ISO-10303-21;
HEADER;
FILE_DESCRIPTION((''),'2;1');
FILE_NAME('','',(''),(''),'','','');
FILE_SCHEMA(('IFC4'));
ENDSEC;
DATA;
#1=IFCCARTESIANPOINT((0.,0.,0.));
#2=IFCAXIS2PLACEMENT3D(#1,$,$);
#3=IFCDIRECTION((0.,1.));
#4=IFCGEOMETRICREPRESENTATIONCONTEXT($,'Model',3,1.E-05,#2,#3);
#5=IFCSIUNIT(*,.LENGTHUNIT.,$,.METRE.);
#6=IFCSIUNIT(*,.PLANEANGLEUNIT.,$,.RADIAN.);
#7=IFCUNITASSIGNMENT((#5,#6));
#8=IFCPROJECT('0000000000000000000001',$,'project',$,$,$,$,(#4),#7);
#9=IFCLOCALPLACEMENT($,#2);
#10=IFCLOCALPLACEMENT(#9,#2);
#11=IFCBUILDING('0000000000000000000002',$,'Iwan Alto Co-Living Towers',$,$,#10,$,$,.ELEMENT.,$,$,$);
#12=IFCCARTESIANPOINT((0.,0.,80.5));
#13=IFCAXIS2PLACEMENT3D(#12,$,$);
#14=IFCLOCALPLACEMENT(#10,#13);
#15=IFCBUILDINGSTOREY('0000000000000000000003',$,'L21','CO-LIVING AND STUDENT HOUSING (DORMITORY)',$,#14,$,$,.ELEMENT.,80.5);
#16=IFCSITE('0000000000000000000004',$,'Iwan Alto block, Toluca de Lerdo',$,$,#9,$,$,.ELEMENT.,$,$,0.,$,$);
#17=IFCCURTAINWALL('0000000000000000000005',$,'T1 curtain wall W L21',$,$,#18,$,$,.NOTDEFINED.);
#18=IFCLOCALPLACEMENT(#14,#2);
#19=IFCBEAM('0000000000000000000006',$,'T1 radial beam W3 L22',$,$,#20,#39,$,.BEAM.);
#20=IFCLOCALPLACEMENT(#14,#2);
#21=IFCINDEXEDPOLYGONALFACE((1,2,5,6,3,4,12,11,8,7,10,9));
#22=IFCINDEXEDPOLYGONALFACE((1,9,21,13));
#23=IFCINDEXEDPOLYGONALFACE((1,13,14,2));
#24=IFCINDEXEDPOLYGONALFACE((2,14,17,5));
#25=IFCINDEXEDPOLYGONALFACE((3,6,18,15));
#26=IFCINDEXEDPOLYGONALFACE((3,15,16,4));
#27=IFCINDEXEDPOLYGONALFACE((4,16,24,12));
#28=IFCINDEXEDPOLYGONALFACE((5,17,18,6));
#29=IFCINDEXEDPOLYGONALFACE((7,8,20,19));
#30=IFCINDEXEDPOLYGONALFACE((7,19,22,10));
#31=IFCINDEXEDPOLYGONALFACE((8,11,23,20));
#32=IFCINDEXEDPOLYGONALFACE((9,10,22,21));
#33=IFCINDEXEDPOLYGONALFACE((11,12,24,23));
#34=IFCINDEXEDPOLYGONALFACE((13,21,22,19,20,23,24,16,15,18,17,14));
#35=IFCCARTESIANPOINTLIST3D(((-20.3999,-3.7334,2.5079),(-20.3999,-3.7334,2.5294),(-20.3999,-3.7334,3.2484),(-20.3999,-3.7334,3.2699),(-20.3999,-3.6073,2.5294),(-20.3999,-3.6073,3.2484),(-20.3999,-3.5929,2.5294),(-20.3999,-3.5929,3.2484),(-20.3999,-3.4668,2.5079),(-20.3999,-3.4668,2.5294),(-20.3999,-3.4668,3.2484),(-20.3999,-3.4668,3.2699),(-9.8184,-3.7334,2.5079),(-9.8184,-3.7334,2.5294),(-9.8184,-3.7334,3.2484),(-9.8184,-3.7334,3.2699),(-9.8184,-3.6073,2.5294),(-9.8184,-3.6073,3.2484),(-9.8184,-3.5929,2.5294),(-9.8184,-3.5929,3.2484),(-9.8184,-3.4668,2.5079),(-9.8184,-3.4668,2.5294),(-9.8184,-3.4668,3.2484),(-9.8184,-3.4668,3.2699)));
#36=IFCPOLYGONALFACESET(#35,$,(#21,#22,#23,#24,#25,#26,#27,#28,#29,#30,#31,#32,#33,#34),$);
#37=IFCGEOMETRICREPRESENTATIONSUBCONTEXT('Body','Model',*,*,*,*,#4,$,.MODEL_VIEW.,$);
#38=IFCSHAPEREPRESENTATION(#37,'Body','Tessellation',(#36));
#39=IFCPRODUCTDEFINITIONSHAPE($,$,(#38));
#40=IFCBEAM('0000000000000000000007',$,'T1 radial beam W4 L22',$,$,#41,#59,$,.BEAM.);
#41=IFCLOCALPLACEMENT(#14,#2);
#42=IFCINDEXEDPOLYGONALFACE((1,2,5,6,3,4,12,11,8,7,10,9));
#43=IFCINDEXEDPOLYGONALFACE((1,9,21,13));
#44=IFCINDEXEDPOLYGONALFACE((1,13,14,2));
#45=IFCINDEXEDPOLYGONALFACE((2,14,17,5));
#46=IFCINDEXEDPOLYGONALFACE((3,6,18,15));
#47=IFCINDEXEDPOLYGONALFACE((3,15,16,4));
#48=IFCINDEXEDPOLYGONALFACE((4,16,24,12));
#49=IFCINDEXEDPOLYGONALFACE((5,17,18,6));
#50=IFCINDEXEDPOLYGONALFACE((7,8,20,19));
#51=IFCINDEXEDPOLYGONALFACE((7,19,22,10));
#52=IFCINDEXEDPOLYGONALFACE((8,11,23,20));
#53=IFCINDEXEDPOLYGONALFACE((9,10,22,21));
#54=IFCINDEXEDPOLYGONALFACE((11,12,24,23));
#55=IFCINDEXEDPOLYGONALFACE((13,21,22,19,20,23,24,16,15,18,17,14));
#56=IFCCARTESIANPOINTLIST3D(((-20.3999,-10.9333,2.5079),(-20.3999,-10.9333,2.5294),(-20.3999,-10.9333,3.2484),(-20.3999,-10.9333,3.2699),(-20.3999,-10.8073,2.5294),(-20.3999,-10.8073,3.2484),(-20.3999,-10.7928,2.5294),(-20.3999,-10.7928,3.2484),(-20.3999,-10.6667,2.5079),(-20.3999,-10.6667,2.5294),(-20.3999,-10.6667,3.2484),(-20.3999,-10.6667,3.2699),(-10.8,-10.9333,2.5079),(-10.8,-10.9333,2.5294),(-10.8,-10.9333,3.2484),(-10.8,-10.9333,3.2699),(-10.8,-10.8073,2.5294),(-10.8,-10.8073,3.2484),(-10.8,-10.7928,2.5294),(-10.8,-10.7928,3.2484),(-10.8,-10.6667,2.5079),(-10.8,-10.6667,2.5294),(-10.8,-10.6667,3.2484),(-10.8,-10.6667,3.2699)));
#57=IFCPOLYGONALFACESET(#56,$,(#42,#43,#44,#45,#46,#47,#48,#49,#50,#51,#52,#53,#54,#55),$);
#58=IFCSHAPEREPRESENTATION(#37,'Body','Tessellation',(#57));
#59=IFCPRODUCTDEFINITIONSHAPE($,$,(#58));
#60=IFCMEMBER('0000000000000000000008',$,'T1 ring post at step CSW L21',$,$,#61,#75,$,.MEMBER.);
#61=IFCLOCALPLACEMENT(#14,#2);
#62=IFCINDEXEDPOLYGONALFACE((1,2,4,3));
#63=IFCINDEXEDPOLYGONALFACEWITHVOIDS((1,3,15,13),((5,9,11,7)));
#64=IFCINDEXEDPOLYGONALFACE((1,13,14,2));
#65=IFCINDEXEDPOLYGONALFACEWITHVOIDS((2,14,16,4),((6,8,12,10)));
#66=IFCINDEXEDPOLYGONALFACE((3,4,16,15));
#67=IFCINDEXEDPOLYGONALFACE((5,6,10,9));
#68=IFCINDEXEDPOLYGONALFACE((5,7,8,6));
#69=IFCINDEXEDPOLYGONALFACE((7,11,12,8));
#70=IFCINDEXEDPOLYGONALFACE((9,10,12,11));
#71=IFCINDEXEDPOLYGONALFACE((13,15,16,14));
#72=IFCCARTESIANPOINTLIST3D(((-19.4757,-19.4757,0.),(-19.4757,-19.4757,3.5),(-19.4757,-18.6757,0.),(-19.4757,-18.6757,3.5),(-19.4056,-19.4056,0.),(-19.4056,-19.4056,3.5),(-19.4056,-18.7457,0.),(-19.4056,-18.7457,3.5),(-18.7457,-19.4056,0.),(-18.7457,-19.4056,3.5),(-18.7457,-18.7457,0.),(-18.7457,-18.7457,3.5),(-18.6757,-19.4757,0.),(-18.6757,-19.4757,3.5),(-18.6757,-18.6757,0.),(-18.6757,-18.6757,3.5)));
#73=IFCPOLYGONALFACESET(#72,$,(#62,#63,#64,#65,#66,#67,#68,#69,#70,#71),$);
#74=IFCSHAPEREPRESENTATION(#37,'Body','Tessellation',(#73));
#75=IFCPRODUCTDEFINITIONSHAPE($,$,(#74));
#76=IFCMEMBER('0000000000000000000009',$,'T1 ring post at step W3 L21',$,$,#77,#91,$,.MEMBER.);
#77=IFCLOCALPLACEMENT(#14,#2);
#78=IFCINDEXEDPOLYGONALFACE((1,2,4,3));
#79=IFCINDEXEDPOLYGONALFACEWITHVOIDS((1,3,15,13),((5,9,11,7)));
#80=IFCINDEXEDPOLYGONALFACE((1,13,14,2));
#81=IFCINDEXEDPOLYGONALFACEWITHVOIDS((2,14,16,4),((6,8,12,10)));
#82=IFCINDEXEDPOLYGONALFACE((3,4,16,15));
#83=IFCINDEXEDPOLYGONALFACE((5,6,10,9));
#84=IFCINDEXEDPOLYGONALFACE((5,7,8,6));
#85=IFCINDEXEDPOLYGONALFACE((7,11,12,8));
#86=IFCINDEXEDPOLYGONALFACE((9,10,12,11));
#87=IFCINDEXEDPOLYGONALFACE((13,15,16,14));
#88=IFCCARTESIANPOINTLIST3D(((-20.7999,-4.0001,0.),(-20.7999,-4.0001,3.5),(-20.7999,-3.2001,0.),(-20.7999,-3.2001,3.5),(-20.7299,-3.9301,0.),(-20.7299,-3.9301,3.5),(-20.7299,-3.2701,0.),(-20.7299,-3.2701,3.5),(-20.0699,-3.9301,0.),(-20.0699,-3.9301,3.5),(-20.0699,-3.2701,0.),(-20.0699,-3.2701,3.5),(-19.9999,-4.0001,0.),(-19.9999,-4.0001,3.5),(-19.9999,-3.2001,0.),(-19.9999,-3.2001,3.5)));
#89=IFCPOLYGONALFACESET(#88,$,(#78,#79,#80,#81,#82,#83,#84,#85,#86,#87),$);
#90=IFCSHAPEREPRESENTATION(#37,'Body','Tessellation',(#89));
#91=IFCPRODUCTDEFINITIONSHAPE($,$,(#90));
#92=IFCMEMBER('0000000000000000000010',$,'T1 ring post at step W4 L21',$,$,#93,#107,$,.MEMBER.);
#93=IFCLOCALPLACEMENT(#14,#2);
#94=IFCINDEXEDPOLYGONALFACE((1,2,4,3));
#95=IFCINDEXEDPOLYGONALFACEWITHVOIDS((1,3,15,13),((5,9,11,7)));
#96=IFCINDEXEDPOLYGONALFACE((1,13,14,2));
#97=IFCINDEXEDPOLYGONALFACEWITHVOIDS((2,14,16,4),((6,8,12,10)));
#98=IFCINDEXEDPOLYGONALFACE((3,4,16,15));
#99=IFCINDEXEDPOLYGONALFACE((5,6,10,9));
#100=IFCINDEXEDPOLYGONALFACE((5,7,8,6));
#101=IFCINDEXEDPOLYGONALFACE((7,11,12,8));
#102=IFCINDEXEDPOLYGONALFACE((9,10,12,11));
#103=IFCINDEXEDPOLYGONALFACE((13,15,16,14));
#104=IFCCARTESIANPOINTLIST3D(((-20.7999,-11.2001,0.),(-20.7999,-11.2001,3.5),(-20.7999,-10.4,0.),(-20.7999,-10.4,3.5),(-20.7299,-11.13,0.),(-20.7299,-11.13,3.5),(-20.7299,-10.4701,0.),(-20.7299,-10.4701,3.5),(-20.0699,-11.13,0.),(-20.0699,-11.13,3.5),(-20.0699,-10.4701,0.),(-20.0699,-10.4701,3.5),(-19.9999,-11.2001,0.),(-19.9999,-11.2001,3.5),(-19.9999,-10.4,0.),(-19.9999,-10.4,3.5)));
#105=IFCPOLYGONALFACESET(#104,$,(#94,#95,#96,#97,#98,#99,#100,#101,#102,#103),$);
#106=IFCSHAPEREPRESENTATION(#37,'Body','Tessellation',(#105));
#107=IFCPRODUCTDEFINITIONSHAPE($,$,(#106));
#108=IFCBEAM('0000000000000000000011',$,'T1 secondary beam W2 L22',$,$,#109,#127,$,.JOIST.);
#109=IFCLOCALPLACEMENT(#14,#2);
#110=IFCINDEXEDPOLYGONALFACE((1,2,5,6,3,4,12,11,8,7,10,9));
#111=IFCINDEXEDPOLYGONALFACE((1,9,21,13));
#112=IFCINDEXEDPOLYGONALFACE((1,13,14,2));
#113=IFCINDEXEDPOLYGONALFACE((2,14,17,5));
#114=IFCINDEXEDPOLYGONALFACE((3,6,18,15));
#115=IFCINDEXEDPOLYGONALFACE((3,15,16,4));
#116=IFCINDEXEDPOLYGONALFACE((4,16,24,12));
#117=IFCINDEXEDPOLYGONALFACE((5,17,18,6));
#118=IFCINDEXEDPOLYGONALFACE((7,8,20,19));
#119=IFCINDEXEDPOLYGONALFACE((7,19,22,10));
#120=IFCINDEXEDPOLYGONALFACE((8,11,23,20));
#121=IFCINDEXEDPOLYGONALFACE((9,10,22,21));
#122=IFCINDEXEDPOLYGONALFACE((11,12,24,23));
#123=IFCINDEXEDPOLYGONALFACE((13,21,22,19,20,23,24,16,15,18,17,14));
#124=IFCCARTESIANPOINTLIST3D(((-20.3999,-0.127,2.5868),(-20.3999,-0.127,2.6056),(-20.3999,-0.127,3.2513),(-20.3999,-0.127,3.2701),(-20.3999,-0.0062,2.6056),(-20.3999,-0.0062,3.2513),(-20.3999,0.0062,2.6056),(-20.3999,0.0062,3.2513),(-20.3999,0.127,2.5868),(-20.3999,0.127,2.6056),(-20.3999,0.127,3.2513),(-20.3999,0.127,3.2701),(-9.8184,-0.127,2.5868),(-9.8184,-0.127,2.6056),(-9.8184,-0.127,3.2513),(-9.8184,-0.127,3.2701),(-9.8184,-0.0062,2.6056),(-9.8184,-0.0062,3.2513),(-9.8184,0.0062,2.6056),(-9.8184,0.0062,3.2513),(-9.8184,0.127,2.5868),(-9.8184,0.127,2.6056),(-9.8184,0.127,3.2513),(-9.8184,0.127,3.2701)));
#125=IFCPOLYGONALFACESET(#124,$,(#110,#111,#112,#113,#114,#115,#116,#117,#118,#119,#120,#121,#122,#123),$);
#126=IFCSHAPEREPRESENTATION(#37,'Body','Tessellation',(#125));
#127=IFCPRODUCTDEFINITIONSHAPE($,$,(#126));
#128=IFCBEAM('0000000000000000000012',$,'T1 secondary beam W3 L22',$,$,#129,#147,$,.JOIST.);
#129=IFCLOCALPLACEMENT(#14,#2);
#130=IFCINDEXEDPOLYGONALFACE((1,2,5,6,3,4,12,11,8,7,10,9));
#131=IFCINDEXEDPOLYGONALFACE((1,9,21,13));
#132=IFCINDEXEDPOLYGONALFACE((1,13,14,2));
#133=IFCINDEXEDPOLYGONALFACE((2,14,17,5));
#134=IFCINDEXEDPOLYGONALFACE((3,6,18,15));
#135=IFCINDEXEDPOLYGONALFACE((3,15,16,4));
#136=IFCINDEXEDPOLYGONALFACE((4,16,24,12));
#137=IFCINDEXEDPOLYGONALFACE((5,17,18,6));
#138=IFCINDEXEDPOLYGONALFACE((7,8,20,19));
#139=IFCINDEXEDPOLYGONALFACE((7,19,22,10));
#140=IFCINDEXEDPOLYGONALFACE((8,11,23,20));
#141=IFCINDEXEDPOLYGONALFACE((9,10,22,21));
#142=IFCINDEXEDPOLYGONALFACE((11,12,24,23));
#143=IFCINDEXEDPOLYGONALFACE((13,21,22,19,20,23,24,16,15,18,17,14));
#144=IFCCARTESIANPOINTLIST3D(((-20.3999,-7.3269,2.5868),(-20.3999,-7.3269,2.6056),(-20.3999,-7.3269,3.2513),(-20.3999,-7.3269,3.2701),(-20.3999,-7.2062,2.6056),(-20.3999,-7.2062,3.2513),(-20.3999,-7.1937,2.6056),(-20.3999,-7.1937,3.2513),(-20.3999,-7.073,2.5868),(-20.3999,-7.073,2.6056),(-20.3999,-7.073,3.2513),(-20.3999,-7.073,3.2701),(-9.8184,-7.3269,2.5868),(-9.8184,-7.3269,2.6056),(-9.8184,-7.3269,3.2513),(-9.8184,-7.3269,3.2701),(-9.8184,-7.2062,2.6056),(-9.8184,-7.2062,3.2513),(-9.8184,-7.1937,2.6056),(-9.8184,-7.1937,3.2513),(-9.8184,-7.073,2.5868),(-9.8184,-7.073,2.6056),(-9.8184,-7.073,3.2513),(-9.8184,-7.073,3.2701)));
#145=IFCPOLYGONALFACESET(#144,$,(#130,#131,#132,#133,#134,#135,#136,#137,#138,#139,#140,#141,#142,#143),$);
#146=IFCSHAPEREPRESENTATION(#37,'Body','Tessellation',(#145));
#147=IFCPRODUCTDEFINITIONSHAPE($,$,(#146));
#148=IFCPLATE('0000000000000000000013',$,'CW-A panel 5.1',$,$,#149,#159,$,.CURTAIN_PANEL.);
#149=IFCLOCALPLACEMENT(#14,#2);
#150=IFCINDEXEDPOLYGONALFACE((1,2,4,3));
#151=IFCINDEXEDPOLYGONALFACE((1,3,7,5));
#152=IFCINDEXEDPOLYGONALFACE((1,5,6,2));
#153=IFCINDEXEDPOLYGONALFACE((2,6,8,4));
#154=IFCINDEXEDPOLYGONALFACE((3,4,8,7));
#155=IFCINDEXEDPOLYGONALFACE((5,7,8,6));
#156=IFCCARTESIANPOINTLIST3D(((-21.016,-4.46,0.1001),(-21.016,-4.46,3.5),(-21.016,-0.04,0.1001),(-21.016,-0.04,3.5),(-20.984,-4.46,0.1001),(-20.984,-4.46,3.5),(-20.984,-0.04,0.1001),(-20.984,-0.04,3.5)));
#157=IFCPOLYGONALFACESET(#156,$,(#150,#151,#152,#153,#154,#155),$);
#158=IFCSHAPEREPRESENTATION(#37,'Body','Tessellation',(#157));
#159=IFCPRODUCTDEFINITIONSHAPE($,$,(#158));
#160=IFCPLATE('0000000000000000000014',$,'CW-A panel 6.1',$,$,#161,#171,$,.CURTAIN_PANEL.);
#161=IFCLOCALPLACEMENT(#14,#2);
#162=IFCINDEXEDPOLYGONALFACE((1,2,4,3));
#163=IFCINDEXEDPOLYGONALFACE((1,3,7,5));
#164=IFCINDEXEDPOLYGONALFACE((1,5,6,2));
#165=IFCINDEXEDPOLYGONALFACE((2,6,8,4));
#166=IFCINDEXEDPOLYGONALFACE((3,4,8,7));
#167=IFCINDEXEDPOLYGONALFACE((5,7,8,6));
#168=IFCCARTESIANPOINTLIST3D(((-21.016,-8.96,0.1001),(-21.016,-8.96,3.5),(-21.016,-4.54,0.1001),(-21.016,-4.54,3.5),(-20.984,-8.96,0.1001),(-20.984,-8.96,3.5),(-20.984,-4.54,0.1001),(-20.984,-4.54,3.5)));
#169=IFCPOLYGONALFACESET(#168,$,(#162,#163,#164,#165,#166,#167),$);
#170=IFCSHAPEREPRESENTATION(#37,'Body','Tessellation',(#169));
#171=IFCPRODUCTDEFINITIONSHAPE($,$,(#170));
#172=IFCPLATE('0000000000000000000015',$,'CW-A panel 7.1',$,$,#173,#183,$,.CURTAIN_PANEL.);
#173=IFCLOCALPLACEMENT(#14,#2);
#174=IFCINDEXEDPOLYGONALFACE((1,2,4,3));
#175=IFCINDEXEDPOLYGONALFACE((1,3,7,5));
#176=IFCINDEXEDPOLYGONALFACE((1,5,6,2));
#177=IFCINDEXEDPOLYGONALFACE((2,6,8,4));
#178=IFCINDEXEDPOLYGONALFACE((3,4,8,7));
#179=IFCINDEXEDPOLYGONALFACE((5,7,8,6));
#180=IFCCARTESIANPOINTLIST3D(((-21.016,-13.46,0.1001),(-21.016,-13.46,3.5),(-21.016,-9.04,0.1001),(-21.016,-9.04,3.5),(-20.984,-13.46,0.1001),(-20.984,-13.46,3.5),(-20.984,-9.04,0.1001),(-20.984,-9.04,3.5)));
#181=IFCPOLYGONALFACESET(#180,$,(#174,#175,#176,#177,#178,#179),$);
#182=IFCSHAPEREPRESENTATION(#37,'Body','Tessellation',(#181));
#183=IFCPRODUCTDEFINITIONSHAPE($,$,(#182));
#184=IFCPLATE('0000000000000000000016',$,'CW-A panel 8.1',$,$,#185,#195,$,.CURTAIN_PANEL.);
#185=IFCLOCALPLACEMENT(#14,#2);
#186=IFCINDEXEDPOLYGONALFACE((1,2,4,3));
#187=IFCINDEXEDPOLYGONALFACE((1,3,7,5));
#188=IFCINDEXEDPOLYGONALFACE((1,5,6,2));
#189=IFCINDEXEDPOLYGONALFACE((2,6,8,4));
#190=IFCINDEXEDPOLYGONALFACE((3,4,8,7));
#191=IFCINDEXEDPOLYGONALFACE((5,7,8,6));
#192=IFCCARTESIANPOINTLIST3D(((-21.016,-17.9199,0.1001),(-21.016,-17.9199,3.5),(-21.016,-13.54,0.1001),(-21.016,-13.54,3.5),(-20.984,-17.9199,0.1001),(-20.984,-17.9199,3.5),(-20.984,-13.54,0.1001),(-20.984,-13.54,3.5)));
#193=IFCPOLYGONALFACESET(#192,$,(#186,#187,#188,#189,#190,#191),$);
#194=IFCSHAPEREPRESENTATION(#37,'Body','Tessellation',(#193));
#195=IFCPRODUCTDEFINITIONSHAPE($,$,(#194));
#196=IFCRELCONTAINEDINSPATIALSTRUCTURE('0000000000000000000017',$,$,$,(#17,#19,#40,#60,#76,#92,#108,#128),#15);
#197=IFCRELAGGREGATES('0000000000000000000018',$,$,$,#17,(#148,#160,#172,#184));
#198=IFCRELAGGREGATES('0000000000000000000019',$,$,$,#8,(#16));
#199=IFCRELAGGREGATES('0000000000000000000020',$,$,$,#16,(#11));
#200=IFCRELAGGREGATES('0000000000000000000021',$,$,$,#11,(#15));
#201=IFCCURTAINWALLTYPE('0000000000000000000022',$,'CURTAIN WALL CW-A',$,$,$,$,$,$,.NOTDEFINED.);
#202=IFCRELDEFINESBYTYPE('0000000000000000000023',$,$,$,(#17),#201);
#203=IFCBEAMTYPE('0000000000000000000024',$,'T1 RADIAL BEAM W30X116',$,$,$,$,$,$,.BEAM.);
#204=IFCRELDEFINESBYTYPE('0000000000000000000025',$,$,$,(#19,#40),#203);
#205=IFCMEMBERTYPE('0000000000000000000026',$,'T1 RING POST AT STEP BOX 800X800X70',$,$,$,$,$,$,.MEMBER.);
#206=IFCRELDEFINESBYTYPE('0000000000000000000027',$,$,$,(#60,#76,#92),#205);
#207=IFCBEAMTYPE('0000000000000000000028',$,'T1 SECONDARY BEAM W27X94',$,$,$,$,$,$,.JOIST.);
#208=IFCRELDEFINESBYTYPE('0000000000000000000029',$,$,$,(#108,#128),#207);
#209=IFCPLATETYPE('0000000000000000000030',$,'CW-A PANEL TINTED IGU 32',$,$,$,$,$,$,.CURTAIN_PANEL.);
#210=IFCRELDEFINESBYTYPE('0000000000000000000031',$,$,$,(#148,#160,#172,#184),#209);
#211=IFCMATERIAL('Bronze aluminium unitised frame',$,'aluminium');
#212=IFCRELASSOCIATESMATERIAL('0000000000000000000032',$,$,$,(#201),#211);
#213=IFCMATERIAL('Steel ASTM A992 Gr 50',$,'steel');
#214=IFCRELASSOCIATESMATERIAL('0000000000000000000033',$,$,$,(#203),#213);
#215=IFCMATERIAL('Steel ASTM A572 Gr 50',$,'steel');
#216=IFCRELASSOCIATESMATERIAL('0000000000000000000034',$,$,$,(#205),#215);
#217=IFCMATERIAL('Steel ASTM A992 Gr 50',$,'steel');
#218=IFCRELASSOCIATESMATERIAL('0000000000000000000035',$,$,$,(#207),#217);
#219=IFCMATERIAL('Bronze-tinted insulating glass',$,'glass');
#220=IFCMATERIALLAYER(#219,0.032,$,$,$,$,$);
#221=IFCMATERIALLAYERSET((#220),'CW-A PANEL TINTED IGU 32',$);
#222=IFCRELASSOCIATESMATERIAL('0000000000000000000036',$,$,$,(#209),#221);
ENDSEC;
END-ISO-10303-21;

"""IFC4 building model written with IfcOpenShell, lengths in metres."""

from ifc_helpers import new_model, si_unit, direction, frame, origin, origin_2d, place, context, subcontext, project, spatial, rectangle, hollow_rectangle, i_section, extrude, material, layer, layer_set, material_profile, profile_set, type_object, element, aggregate, save


model = new_model("IFC4")

# Units and contexts
model_context = context("Model", 3, precision=1e-05, world=origin(), true_north=direction((0.0, 1.0)))
body_context = subcontext(model_context, "Body", "Model", "MODEL_VIEW")
ifc_project = project(units=[si_unit("LENGTHUNIT", "METRE"), si_unit("PLANEANGLEUNIT", "RADIAN")], contexts=[model_context])

# Site, building, storey
site_placement = place(None, origin())
site = spatial("IfcSite", under=ifc_project, at=site_placement, Name="Iwan Alto block, Toluca de Lerdo", CompositionType="ELEMENT", RefElevation=0.0)
building_placement = place(site_placement, origin())
building = spatial("IfcBuilding", under=site, at=building_placement, Name="Iwan Alto Co-Living Towers", CompositionType="ELEMENT")
storey_placement = place(building_placement, frame((0.0, 0.0, 80.5)))
storey = spatial("IfcBuildingStorey", under=building, at=storey_placement, Name="L21", Description="CO-LIVING AND STUDENT HOUSING (DORMITORY)", CompositionType="ELEMENT", Elevation=80.5)

# Curtain wall
ifc_material_1 = material(Name="Bronze aluminium unitised frame", Category="aluminium")
curtain_wall_type_1 = type_object("IfcCurtainWallType", Name="CURTAIN WALL CW-A", PredefinedType="NOTDEFINED", material=ifc_material_1)
curtain_wall_1_placement = place(storey_placement, origin())
curtain_wall_1 = element("IfcCurtainWall", 1, at=curtain_wall_1_placement, inside=storey, type_object=curtain_wall_type_1, Name="T1 curtain wall W L21", PredefinedType="NOTDEFINED")

# Beams
ifc_material_2 = material(Name="Steel ASTM A992 Gr 50", Category="steel")
ifc_material_profile_1 = material_profile(ifc_material_2, i_section(OverallWidth=0.2666, OverallDepth=0.762, WebThickness=0.0144, FlangeThickness=0.0215, at=origin_2d()), Name="W30X116")
ifc_profile_set_1 = profile_set([ifc_material_profile_1], Name="Steel ASTM A992 Gr 50")
beam_type_1 = type_object("IfcBeamType", Name="T1 RADIAL BEAM W30X116", PredefinedType="BEAM", material=ifc_profile_set_1)
beam_1_placement = place(storey_placement, frame((-20.3999, -3.6001, 2.8889), z_axis=(1.0, 0.0, 0.0), x_axis=(0.0, 1.0, 0.0)))
element("IfcBeam", 2, at=beam_1_placement, inside=storey, type_object=beam_type_1, Name="T1 radial beam W3 L22", PredefinedType="BEAM", context=body_context, shape_type="SweptSolid", body=[
    extrude(i_section(OverallWidth=0.2666, OverallDepth=0.762, WebThickness=0.0144, FlangeThickness=0.0215, at=origin_2d()), origin(), (0.0, 0.0, 1.0), 10.5815),
])
beam_2_placement = place(storey_placement, frame((-20.3999, -10.8, 2.8889), z_axis=(1.0, 0.0, 0.0), x_axis=(0.0, 1.0, 0.0)))
element("IfcBeam", 3, at=beam_2_placement, inside=storey, type_object=beam_type_1, Name="T1 radial beam W4 L22", PredefinedType="BEAM", context=body_context, shape_type="SweptSolid", body=[
    extrude(i_section(OverallWidth=0.2666, OverallDepth=0.762, WebThickness=0.0144, FlangeThickness=0.0215, at=origin_2d()), origin(), (0.0, 0.0, 1.0), 9.5999),
])

# Members
ifc_material_3 = material(Name="Steel ASTM A572 Gr 50", Category="steel")
ifc_material_profile_2 = material_profile(ifc_material_3, hollow_rectangle(XDim=0.8, YDim=0.8, WallThickness=0.0701, at=origin_2d()), Name="BOX 800X800X70")
ifc_profile_set_2 = profile_set([ifc_material_profile_2], Name="Steel ASTM A572 Gr 50")
member_type_1 = type_object("IfcMemberType", Name="T1 RING POST AT STEP BOX 800X800X70", PredefinedType="MEMBER", material=ifc_profile_set_2)
for number, where, z_axis, x_axis, name in (
    (4, (-19.0757, -19.0757, 0.0), (0.0, 0.0, 1.0), (1.0, 0.0, 0.0), "T1 ring post at step CSW L21"),
    (5, (-20.3999, -3.6001, 0.0), (0.0, 0.0, 1.0), (1.0, 0.0, 0.0), "T1 ring post at step W3 L21"),
    (6, (-20.3999, -10.8, 0.0), (0.0, 0.0, 1.0), (1.0, 0.0, 0.0), "T1 ring post at step W4 L21"),
):
    element("IfcMember", number, at=place(storey_placement, frame(where, z_axis=z_axis, x_axis=x_axis)), inside=storey, type_object=member_type_1, Name=name, PredefinedType="MEMBER", context=body_context, shape_type="SweptSolid", body=[
        extrude(hollow_rectangle(XDim=0.8, YDim=0.8, WallThickness=0.0701, at=origin_2d()), origin(), (0.0, 0.0, 1.0), 3.5),
    ])

# Beams
ifc_material_4 = material(Name="Steel ASTM A992 Gr 50", Category="steel")
ifc_material_profile_3 = material_profile(ifc_material_4, i_section(OverallWidth=0.2539, OverallDepth=0.6833, WebThickness=0.0125, FlangeThickness=0.0188, at=origin_2d()), Name="W27X94")
ifc_profile_set_3 = profile_set([ifc_material_profile_3], Name="Steel ASTM A992 Gr 50")
beam_type_2 = type_object("IfcBeamType", Name="T1 SECONDARY BEAM W27X94", PredefinedType="JOIST", material=ifc_profile_set_3)
for number, where, z_axis, x_axis, name in (
    (7, (-20.3999, 0.0, 2.9285), (1.0, 0.0, 0.0), (0.0, 1.0, 0.0), "T1 secondary beam W2 L22"),
    (8, (-20.3999, -7.2, 2.9285), (1.0, 0.0, 0.0), (0.0, 1.0, 0.0), "T1 secondary beam W3 L22"),
):
    element("IfcBeam", number, at=place(storey_placement, frame(where, z_axis=z_axis, x_axis=x_axis)), inside=storey, type_object=beam_type_2, Name=name, PredefinedType="JOIST", context=body_context, shape_type="SweptSolid", body=[
        extrude(i_section(OverallWidth=0.2539, OverallDepth=0.6833, WebThickness=0.0125, FlangeThickness=0.0188, at=origin_2d()), origin(), (0.0, 0.0, 1.0), 10.5815),
    ])

# Plates
ifc_material_5 = material(Name="Bronze-tinted insulating glass", Category="glass")
ifc_layer_1 = layer(ifc_material_5, 0.032)
ifc_layer_set_1 = layer_set([ifc_layer_1], Name="CW-A PANEL TINTED IGU 32")
plate_type_1 = type_object("IfcPlateType", Name="CW-A PANEL TINTED IGU 32", PredefinedType="CURTAIN_PANEL", material=ifc_layer_set_1)
plate_1_placement = place(storey_placement, frame((-21.0, -2.25, 0.1001), z_axis=(0.0, 0.0, 1.0), x_axis=(0.0, -1.0, 0.0)))
plate_1 = element("IfcPlate", 9, at=plate_1_placement, type_object=plate_type_1, Name="CW-A panel 5.1", PredefinedType="CURTAIN_PANEL", context=body_context, shape_type="SweptSolid", body=[
    extrude(rectangle(XDim=4.4199, YDim=0.032, at=origin_2d()), origin(), (0.0, 0.0, 1.0), 3.3999),
])
plate_2_placement = place(storey_placement, frame((-21.0, -6.75, 0.1001), z_axis=(0.0, 0.0, 1.0), x_axis=(0.0, -1.0, 0.0)))
plate_2 = element("IfcPlate", 10, at=plate_2_placement, type_object=plate_type_1, Name="CW-A panel 6.1", PredefinedType="CURTAIN_PANEL", context=body_context, shape_type="SweptSolid", body=[
    extrude(rectangle(XDim=4.4199, YDim=0.032, at=origin_2d()), origin(), (0.0, 0.0, 1.0), 3.3999),
])
plate_3_placement = place(storey_placement, frame((-21.0, -11.25, 0.1001), z_axis=(0.0, 0.0, 1.0), x_axis=(0.0, -1.0, 0.0)))
plate_3 = element("IfcPlate", 11, at=plate_3_placement, type_object=plate_type_1, Name="CW-A panel 7.1", PredefinedType="CURTAIN_PANEL", context=body_context, shape_type="SweptSolid", body=[
    extrude(rectangle(XDim=4.4199, YDim=0.032, at=origin_2d()), origin(), (0.0, 0.0, 1.0), 3.3999),
])
plate_4_placement = place(storey_placement, frame((-21.0, -15.73, 0.1001), z_axis=(0.0, 0.0, 1.0), x_axis=(0.0, -1.0, 0.0)))
plate_4 = element("IfcPlate", 12, at=plate_4_placement, type_object=plate_type_1, Name="CW-A panel 8.1", PredefinedType="CURTAIN_PANEL", context=body_context, shape_type="SweptSolid", body=[
    extrude(rectangle(XDim=4.3799, YDim=0.032, at=origin_2d()), origin(), (0.0, 0.0, 1.0), 3.3999),
])
aggregate(curtain_wall_1, [plate_1, plate_2, plate_3, plate_4])

save(model, "model.ifc")
